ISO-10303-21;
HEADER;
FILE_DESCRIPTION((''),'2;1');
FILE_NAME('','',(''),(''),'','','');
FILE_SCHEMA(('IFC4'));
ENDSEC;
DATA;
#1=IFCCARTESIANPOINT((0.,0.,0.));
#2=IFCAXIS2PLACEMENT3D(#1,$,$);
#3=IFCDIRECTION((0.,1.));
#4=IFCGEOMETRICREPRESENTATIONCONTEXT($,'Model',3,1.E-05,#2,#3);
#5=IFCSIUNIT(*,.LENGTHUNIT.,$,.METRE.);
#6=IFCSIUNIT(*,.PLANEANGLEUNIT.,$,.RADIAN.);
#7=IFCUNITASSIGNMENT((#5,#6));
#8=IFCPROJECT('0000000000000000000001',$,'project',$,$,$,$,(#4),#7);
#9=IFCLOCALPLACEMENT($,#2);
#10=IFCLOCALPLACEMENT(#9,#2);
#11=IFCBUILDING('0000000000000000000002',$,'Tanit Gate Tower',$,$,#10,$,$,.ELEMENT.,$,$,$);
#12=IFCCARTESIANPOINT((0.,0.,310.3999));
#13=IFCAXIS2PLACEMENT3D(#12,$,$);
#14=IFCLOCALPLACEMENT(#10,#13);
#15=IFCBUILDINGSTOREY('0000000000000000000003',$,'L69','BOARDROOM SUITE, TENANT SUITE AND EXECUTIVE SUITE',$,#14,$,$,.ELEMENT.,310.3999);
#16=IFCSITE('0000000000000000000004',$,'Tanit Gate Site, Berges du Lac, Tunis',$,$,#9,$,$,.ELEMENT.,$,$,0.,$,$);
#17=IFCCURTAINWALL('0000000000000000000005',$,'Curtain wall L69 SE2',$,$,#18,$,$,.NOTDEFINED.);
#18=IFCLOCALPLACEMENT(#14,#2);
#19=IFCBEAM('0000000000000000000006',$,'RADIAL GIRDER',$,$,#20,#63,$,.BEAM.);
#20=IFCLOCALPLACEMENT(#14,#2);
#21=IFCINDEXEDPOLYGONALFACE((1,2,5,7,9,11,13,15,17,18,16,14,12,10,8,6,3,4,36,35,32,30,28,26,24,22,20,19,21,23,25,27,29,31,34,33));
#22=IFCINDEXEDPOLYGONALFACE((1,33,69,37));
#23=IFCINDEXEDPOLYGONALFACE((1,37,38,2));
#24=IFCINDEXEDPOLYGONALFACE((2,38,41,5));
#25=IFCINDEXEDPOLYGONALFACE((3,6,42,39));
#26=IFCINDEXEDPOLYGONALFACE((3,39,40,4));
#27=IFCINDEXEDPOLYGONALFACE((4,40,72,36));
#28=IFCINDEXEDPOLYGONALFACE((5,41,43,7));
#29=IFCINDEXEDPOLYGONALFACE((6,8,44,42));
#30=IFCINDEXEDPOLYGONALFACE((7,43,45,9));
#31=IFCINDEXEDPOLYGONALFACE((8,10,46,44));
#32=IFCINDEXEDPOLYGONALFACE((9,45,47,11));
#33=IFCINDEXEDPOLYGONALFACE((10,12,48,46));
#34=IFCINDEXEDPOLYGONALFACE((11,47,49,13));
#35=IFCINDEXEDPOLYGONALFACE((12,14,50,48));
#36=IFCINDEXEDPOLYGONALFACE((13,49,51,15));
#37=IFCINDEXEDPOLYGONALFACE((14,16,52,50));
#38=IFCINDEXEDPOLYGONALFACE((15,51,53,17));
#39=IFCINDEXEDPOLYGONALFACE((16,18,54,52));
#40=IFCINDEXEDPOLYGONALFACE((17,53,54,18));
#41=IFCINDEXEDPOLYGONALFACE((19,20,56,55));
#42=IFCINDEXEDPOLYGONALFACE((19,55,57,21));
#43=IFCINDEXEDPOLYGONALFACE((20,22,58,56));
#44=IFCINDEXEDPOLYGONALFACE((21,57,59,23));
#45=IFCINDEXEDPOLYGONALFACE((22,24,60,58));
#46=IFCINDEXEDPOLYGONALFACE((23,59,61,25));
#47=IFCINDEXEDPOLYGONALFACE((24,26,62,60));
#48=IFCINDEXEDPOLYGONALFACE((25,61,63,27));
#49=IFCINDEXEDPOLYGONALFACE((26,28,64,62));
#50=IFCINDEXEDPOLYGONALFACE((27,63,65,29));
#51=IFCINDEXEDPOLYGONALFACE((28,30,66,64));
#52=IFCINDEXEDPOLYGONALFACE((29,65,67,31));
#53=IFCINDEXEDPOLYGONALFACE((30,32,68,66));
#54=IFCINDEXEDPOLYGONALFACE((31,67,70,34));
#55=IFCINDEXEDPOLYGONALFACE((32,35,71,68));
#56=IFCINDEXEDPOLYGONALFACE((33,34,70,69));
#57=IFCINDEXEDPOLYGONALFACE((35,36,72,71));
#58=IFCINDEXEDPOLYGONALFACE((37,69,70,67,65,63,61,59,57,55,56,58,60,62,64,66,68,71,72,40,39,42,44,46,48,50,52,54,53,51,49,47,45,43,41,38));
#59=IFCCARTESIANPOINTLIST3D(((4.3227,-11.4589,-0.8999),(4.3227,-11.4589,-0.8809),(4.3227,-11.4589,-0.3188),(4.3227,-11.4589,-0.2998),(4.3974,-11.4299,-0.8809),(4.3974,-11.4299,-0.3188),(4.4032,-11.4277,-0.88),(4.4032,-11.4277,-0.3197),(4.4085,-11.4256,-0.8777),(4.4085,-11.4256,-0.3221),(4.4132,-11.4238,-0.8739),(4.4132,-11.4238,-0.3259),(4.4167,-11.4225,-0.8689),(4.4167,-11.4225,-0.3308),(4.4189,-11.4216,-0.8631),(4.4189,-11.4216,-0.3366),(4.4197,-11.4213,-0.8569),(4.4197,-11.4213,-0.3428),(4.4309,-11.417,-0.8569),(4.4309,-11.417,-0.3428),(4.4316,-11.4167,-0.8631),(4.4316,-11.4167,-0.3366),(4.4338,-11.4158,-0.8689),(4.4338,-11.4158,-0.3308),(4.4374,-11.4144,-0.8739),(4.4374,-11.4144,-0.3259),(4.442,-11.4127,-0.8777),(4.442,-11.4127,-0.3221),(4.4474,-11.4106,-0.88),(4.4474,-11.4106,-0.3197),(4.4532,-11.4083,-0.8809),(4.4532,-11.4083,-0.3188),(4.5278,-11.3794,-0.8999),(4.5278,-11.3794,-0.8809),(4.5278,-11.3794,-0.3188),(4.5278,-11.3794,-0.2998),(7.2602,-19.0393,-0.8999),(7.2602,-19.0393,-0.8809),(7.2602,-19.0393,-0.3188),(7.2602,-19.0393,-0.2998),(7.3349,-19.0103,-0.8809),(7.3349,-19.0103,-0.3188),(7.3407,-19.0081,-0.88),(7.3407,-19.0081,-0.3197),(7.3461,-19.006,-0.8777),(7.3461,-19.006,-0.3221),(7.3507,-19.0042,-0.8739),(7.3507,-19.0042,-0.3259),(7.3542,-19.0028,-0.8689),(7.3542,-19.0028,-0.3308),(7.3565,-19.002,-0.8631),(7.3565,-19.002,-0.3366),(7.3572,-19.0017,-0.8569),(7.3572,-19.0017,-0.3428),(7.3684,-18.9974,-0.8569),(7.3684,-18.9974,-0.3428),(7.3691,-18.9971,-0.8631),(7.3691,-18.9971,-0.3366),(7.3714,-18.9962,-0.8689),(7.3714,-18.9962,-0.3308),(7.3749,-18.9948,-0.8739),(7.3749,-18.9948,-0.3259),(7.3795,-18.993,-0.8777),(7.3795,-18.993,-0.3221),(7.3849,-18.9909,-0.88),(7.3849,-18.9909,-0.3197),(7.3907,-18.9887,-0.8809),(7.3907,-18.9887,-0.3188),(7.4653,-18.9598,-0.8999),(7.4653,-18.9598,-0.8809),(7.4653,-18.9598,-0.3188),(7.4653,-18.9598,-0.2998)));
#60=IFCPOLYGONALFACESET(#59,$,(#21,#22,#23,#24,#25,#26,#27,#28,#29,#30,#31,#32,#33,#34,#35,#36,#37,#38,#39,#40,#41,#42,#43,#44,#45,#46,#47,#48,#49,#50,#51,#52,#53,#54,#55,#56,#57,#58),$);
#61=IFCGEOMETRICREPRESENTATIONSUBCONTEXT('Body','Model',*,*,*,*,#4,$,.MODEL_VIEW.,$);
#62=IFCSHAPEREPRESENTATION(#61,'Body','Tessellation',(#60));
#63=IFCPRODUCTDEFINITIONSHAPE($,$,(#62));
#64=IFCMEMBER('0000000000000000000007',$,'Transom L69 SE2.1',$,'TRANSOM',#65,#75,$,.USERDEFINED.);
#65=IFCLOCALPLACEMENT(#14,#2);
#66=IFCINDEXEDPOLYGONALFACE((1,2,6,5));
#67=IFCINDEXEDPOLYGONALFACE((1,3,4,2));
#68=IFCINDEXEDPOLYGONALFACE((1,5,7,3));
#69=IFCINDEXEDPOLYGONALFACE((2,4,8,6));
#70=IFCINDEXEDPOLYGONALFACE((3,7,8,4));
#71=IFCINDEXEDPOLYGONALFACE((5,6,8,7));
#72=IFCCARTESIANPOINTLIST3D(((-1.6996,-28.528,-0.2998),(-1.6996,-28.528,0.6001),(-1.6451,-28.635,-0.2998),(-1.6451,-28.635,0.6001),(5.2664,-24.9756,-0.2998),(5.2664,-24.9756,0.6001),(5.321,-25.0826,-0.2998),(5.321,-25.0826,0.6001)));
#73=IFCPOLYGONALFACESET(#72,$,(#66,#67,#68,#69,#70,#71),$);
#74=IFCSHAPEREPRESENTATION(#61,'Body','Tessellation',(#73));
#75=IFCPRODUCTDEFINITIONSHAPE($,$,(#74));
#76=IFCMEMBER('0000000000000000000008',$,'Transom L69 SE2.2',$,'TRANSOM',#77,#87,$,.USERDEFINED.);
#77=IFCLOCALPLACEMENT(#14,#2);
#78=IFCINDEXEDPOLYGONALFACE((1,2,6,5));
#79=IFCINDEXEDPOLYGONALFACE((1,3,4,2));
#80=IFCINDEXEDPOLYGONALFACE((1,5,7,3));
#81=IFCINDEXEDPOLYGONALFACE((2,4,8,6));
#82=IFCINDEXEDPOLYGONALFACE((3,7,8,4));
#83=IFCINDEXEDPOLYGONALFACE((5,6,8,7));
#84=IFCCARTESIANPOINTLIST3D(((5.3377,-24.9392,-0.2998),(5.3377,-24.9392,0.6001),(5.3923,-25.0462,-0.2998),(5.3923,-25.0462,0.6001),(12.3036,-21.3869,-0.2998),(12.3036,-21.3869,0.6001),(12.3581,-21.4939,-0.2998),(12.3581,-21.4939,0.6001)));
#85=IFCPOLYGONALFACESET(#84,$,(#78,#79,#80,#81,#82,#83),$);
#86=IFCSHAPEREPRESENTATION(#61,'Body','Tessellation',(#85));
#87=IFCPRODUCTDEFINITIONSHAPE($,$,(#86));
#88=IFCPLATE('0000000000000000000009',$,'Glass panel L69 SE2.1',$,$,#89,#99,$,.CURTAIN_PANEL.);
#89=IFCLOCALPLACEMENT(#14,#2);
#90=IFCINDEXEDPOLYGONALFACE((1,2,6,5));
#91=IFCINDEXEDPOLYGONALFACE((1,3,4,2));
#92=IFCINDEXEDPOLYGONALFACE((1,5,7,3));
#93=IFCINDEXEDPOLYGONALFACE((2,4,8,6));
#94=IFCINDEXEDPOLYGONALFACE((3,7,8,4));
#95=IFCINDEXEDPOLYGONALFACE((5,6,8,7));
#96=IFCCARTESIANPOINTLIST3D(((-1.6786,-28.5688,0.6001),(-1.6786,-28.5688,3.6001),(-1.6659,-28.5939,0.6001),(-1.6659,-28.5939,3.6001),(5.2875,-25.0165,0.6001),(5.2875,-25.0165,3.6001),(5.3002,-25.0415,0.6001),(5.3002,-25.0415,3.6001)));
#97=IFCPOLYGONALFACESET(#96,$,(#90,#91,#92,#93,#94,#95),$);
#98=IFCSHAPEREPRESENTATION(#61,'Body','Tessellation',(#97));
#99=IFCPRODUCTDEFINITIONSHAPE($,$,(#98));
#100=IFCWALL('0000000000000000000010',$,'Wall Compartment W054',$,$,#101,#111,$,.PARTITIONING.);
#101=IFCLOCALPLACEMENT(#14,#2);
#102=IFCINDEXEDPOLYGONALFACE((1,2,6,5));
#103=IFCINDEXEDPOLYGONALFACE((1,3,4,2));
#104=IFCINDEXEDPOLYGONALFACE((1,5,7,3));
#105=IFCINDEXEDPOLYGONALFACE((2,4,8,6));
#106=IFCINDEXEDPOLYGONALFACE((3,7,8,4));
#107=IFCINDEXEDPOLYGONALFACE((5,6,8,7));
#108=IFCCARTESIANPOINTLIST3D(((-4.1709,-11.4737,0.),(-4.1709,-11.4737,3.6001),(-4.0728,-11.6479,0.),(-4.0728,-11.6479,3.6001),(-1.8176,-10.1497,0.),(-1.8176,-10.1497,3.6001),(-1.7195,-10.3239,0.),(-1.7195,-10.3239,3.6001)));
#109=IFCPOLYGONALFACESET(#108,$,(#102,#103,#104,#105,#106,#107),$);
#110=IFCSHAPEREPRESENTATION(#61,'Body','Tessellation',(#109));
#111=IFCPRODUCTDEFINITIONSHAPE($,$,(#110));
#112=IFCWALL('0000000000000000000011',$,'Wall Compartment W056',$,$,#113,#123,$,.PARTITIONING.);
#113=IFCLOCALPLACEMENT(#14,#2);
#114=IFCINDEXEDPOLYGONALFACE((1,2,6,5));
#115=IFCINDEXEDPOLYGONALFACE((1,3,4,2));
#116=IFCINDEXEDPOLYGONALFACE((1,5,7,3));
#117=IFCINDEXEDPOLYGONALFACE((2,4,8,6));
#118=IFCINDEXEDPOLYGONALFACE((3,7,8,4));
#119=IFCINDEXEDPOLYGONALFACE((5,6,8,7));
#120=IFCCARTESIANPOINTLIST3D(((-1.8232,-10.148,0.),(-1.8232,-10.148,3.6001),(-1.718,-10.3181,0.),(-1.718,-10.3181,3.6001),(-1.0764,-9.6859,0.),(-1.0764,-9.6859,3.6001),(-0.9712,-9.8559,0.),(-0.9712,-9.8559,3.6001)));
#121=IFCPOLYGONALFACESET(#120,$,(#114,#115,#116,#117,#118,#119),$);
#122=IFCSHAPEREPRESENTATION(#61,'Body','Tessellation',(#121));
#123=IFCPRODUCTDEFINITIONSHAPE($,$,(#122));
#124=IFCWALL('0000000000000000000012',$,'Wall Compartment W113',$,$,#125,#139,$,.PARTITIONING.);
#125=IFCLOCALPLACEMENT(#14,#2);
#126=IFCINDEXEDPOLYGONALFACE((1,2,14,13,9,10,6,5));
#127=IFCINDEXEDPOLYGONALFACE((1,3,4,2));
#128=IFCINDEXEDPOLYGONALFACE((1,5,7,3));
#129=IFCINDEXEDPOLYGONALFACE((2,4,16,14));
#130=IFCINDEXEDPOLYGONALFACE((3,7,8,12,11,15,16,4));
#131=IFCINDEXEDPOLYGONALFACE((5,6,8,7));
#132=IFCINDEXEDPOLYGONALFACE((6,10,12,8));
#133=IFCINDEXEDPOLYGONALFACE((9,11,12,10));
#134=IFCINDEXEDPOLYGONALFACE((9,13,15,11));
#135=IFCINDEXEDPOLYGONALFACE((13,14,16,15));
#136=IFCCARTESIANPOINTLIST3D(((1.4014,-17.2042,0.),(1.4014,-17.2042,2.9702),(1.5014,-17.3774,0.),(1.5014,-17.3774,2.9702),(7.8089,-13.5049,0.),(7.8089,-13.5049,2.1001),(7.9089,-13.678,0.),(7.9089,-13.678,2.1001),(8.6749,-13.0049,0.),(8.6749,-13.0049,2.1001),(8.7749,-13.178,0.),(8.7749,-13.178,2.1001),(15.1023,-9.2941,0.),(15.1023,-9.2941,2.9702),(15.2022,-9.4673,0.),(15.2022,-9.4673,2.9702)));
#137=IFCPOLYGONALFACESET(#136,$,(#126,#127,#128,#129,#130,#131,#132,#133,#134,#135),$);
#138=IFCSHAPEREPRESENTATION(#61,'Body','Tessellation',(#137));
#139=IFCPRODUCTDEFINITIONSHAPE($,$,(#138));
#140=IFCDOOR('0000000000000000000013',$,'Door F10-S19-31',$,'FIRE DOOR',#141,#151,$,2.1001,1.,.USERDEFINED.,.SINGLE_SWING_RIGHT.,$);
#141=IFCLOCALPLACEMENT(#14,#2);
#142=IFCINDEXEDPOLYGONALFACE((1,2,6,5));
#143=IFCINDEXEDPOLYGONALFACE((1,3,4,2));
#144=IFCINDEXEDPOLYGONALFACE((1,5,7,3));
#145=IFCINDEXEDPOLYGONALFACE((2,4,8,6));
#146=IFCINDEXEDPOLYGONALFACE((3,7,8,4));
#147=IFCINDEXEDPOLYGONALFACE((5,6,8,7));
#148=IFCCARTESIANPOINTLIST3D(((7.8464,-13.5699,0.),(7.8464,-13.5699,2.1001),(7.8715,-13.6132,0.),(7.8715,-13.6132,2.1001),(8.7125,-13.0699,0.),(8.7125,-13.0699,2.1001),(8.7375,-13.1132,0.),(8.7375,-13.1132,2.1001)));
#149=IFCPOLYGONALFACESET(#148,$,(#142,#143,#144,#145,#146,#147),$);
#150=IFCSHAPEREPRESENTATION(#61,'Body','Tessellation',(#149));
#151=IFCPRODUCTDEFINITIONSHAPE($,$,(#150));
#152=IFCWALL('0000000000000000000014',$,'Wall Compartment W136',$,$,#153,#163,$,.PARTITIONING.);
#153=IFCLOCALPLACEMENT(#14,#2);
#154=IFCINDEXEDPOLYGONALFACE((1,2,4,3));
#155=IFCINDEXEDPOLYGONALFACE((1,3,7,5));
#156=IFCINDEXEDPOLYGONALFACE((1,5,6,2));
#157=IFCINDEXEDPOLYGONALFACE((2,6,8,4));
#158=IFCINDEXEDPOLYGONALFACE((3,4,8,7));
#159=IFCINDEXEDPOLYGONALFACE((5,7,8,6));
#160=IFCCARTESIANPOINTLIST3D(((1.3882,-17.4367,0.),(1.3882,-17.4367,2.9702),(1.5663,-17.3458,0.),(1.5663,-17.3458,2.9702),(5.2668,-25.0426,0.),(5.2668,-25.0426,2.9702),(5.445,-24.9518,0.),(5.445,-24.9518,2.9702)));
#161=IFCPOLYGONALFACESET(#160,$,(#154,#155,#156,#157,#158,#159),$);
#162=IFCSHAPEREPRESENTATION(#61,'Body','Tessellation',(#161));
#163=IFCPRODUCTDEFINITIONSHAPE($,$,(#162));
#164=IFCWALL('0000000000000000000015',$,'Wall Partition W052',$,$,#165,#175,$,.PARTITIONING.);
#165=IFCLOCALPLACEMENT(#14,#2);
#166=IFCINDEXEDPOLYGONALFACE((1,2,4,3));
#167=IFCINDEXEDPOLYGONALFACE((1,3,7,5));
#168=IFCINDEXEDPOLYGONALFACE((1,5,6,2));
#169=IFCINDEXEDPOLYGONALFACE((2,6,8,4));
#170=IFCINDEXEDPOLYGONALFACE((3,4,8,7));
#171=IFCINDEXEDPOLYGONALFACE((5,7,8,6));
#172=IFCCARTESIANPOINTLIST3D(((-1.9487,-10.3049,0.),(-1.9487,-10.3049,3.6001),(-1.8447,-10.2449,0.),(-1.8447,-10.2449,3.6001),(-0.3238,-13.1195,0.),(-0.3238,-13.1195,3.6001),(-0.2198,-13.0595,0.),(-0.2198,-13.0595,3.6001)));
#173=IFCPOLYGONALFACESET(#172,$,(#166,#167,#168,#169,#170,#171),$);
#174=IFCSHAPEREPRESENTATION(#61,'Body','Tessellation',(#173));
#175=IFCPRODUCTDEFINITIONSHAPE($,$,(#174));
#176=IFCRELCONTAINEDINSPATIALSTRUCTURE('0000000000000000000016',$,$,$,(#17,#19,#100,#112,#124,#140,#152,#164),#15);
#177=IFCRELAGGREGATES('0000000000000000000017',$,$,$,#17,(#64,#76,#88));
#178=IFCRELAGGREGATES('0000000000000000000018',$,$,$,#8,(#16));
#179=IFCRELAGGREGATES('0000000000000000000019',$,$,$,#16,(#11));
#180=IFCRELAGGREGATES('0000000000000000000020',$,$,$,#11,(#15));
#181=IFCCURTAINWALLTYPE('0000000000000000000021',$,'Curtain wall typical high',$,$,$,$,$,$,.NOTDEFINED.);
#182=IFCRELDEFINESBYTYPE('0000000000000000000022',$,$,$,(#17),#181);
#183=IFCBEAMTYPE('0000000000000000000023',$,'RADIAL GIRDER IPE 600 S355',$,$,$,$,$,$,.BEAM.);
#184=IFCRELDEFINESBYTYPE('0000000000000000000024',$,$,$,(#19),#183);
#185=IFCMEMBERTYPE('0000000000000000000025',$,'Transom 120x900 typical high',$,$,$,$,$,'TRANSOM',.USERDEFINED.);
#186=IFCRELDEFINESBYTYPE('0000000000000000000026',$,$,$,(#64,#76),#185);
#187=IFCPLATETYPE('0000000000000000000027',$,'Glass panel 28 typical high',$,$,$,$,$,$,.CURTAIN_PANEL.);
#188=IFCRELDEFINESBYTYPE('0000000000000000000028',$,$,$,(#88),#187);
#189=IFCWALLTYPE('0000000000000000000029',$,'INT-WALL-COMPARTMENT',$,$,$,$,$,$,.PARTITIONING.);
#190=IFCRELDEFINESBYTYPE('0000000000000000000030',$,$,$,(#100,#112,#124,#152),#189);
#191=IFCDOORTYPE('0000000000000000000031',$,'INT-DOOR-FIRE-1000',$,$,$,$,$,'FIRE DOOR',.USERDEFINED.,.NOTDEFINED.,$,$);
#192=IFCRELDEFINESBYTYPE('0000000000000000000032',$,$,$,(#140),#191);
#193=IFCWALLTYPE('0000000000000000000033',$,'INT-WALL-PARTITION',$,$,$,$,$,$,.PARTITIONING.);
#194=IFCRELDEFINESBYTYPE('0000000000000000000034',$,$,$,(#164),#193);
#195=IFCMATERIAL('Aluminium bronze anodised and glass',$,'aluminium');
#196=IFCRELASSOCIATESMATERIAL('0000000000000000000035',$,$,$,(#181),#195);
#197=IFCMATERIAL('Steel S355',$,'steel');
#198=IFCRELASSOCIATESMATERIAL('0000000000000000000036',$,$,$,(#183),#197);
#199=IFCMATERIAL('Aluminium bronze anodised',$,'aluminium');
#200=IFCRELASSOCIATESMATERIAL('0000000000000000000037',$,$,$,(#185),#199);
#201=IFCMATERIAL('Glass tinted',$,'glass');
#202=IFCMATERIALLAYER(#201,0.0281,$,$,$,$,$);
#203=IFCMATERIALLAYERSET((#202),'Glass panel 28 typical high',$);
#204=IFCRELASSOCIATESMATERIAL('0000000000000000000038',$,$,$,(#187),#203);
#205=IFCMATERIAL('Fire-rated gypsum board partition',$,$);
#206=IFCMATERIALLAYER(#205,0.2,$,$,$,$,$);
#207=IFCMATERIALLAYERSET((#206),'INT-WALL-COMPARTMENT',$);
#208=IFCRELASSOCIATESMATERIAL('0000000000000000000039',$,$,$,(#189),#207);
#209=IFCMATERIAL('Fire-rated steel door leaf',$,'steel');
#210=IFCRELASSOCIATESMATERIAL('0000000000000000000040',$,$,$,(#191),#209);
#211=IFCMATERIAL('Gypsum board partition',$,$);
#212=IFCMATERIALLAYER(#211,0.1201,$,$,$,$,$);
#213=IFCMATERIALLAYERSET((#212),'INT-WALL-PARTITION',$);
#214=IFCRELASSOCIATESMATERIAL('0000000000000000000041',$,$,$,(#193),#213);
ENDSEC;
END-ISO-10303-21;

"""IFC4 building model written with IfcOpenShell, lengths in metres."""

from ifc_helpers import new_model, si_unit, direction, frame, frame_2d, origin, origin_2d, place, context, subcontext, project, spatial, rectangle, i_section, extrude, material, layer, layer_set, material_profile, profile_set, type_object, element, fill, aggregate, save


model = new_model("IFC4")

# Units and contexts
model_context = context("Model", 3, precision=1e-05, world=origin(), true_north=direction((0.0, 1.0)))
body_context = subcontext(model_context, "Body", "Model", "MODEL_VIEW")
ifc_project = project(units=[si_unit("LENGTHUNIT", "METRE"), si_unit("PLANEANGLEUNIT", "RADIAN")], contexts=[model_context])

# Site, building, storey
site_placement = place(None, origin())
site = spatial("IfcSite", under=ifc_project, at=site_placement, Name="Tanit Gate Site, Berges du Lac, Tunis", CompositionType="ELEMENT", RefElevation=0.0)
building_placement = place(site_placement, origin())
building = spatial("IfcBuilding", under=site, at=building_placement, Name="Tanit Gate Tower", CompositionType="ELEMENT")
storey_placement = place(building_placement, frame((0.0, 0.0, 310.3999)))
storey = spatial("IfcBuildingStorey", under=building, at=storey_placement, Name="L69", Description="BOARDROOM SUITE, TENANT SUITE AND EXECUTIVE SUITE", CompositionType="ELEMENT", Elevation=310.3999)

# Curtain wall
ifc_material_1 = material(Name="Aluminium bronze anodised and glass", Category="aluminium")
curtain_wall_type = type_object("IfcCurtainWallType", Name="Curtain wall typical high", PredefinedType="NOTDEFINED", material=ifc_material_1)
curtain_wall_1_placement = place(storey_placement, origin())
curtain_wall_1 = element("IfcCurtainWall", 1, at=curtain_wall_1_placement, inside=storey, type_object=curtain_wall_type, Name="Curtain wall L69 SE2", PredefinedType="NOTDEFINED")

# Beam
ifc_material_2 = material(Name="Steel S355", Category="steel")
ifc_material_profile_1 = material_profile(ifc_material_2, i_section(OverallWidth=0.22, OverallDepth=0.6001, WebThickness=0.012, FlangeThickness=0.019, FilletRadius=0.0239, at=origin_2d()), Name="IPE 600")
ifc_profile_set_1 = profile_set([ifc_material_profile_1], Name="Steel S355")
beam_type_1 = type_object("IfcBeamType", Name="RADIAL GIRDER IPE 600 S355", PredefinedType="BEAM", material=ifc_profile_set_1)
beam_1_placement = place(storey_placement, frame((7.3628, -18.9995, -0.5999), z_axis=(-0.361334, 0.932436, 0.0), x_axis=(-0.932436, -0.361334, 0.0)))
element("IfcBeam", 2, at=beam_1_placement, inside=storey, type_object=beam_type_1, Name="RADIAL GIRDER", PredefinedType="BEAM", context=body_context, shape_type="SweptSolid", body=[
    extrude(i_section(OverallWidth=0.22, OverallDepth=0.6001, WebThickness=0.012, FlangeThickness=0.019, FilletRadius=0.0239, at=origin_2d()), origin(), (0.0, 0.0, 1.0), 8.1296),
])

# Members
ifc_material_3 = material(Name="Aluminium bronze anodised", Category="aluminium")
ifc_material_profile_2 = material_profile(ifc_material_3, rectangle(XDim=0.1201, YDim=0.8999, at=origin_2d()), Name="120x900 bronze transom")
ifc_profile_set_2 = profile_set([ifc_material_profile_2], Name="Aluminium bronze anodised")
member_type_1 = type_object("IfcMemberType", Name="Transom 120x900 typical high", ElementType="TRANSOM", PredefinedType="USERDEFINED", material=ifc_profile_set_2)
member_1_placement = place(storey_placement, frame((-1.6724, -28.5815, 0.1501), z_axis=(0.890846, 0.454306, 0.0), x_axis=(-0.454306, 0.890846, 0.0)))
member_1 = element("IfcMember", 3, at=member_1_placement, type_object=member_type_1, Name="Transom L69 SE2.1", ObjectType="TRANSOM", PredefinedType="USERDEFINED", context=body_context, shape_type="SweptSolid", body=[
    extrude(rectangle(XDim=0.1201, YDim=0.8999, at=origin_2d()), origin(), (0.0, 0.0, 1.0), 7.8196),
])
member_2_placement = place(storey_placement, frame((5.365, -24.9927, 0.1501), z_axis=(0.890852, 0.454293, 0.0), x_axis=(-0.454293, 0.890852, 0.0)))
member_2 = element("IfcMember", 4, at=member_2_placement, type_object=member_type_1, Name="Transom L69 SE2.2", ObjectType="TRANSOM", PredefinedType="USERDEFINED", context=body_context, shape_type="SweptSolid", body=[
    extrude(rectangle(XDim=0.1201, YDim=0.8999, at=origin_2d()), origin(), (0.0, 0.0, 1.0), 7.8193),
])

# Plate
ifc_material_4 = material(Name="Glass tinted", Category="glass")
ifc_layer_1 = layer(ifc_material_4, 0.0281)
ifc_layer_set_1 = layer_set([ifc_layer_1], Name="Glass panel 28 typical high")
plate_type = type_object("IfcPlateType", Name="Glass panel 28 typical high", PredefinedType="CURTAIN_PANEL", material=ifc_layer_set_1)
plate_placement = place(storey_placement, frame((1.8108, -26.8052, 0.6001), z_axis=(0.0, 0.0, 1.0), x_axis=(0.890855, 0.454288, 0.0)))
plate = element("IfcPlate", 5, at=plate_placement, type_object=plate_type, Name="Glass panel L69 SE2.1", PredefinedType="CURTAIN_PANEL", context=body_context, shape_type="SweptSolid", body=[
    extrude(rectangle(XDim=7.8196, YDim=0.0281, at=origin_2d()), origin(), (0.0, 0.0, 1.0), 3.0),
])
aggregate(curtain_wall_1, [member_1, member_2, plate])

# Walls
ifc_material_5 = material(Name="Fire-rated gypsum board partition")
ifc_layer_2 = layer(ifc_material_5, 0.2)
ifc_layer_set_2 = layer_set([ifc_layer_2], Name="INT-WALL-COMPARTMENT")
wall_type_1 = type_object("IfcWallType", Name="INT-WALL-COMPARTMENT", PredefinedType="PARTITIONING", material=ifc_layer_set_2)
wall_1_placement = place(storey_placement, frame((-1.7686, -10.2368, 0.0), z_axis=(0.0, 0.0, 1.0), x_axis=(-0.871534, -0.490334, 0.0)))
element("IfcWall", 6, at=wall_1_placement, inside=storey, type_object=wall_type_1, Name="Wall Compartment W054", PredefinedType="PARTITIONING", context=body_context, shape_type="SweptSolid", body=[
    extrude(rectangle(XDim=2.7002, YDim=0.2, at=frame_2d((1.3501, 0.0))), origin(), (0.0, 0.0, 1.0), 3.6001),
])
wall_2_placement = place(storey_placement, frame((-1.0239, -9.771, 0.0), z_axis=(0.0, 0.0, 1.0), x_axis=(-0.850348, -0.526221, 0.0)))
element("IfcWall", 7, at=wall_2_placement, inside=storey, type_object=wall_type_1, Name="Wall Compartment W056", PredefinedType="PARTITIONING", context=body_context, shape_type="SweptSolid", body=[
    extrude(rectangle(XDim=0.8782, YDim=0.2, at=frame_2d((0.439, 0.0))), origin(), (0.0, 0.0, 1.0), 3.6001),
])

# Wall, opening, door
wall_3_placement = place(storey_placement, frame((1.4514, -17.2908, 0.0), z_axis=(0.0, 0.0, 1.0), x_axis=(0.866028, 0.499996, 0.0)))
wall_3 = element("IfcWall", 8, at=wall_3_placement, inside=storey, type_object=wall_type_1, Name="Wall Compartment W113", PredefinedType="PARTITIONING", context=body_context, shape_type="SweptSolid", body=[
    extrude(rectangle(XDim=15.8203, YDim=0.2, at=frame_2d((7.9102, 0.0))), origin(), (0.0, 0.0, 1.0), 2.9702),
])
opening_placement = place(wall_3_placement, frame((7.3987, 0.0, 0.0)))
opening = element("IfcOpeningElement", 9, at=opening_placement, cuts=wall_3, PredefinedType="OPENING", context=body_context, shape_type="SweptSolid", body=[
    extrude(rectangle(XDim=1.0, YDim=2.1001, at=frame_2d((0.5, 1.05))), frame((0.0, 0.1099, 0.0), z_axis=(0.0, -1.0, 0.0), x_axis=(1.0, 0.0, 0.0)), (0.0, 0.0, 1.0), 0.22),
])
ifc_material_6 = material(Name="Fire-rated steel door leaf", Category="steel")
door_type = type_object("IfcDoorType", Name="INT-DOOR-FIRE-1000", ElementType="FIRE DOOR", OperationType="NOTDEFINED", PredefinedType="USERDEFINED", material=ifc_material_6)
door_placement = place(opening_placement, origin())
door = element("IfcDoor", 10, at=door_placement, inside=storey, type_object=door_type, Name="Door F10-S19-31", ObjectType="FIRE DOOR", OperationType="SINGLE_SWING_RIGHT", OverallHeight=2.1001, OverallWidth=1.0, PredefinedType="USERDEFINED", context=body_context, shape_type="SweptSolid", body=[
    extrude(rectangle(XDim=1.0, YDim=2.1001, at=frame_2d((0.5, 1.05))), frame((0.0, 0.0249, 0.0), z_axis=(0.0, -1.0, 0.0), x_axis=(1.0, 0.0, 0.0)), (0.0, 0.0, 1.0), 0.05),
])
fill(opening, door)

# Walls
wall_4_placement = place(storey_placement, frame((5.356, -24.9973, 0.0), z_axis=(0.0, 0.0, 1.0), x_axis=(-0.454291, 0.890853, 0.0)))
element("IfcWall", 11, at=wall_4_placement, inside=storey, type_object=wall_type_1, Name="Wall Compartment W136", PredefinedType="PARTITIONING", context=body_context, shape_type="SweptSolid", body=[
    extrude(rectangle(XDim=8.5378, YDim=0.2, at=frame_2d((4.269, 0.0))), origin(), (0.0, 0.0, 1.0), 2.9702),
])
ifc_material_7 = material(Name="Gypsum board partition")
ifc_layer_3 = layer(ifc_material_7, 0.1201)
ifc_layer_set_3 = layer_set([ifc_layer_3], Name="INT-WALL-PARTITION")
wall_type_2 = type_object("IfcWallType", Name="INT-WALL-PARTITION", PredefinedType="PARTITIONING", material=ifc_layer_set_3)
for number, where, z_axis, x_axis, name in (
    (12, (-1.8967, -10.2749, 0.0), (0.0, 0.0, 1.0), (0.499985, -0.866034, 0.0), "Wall Partition W052"),
):
    element("IfcWall", number, at=place(storey_placement, frame(where, z_axis=z_axis, x_axis=x_axis)), inside=storey, type_object=wall_type_2, Name=name, PredefinedType="PARTITIONING", context=body_context, shape_type="SweptSolid", body=[
        extrude(rectangle(XDim=3.25, YDim=0.1201, at=frame_2d((1.625, 0.0))), origin(), (0.0, 0.0, 1.0), 3.6001),
    ])

save(model, "model.ifc")
